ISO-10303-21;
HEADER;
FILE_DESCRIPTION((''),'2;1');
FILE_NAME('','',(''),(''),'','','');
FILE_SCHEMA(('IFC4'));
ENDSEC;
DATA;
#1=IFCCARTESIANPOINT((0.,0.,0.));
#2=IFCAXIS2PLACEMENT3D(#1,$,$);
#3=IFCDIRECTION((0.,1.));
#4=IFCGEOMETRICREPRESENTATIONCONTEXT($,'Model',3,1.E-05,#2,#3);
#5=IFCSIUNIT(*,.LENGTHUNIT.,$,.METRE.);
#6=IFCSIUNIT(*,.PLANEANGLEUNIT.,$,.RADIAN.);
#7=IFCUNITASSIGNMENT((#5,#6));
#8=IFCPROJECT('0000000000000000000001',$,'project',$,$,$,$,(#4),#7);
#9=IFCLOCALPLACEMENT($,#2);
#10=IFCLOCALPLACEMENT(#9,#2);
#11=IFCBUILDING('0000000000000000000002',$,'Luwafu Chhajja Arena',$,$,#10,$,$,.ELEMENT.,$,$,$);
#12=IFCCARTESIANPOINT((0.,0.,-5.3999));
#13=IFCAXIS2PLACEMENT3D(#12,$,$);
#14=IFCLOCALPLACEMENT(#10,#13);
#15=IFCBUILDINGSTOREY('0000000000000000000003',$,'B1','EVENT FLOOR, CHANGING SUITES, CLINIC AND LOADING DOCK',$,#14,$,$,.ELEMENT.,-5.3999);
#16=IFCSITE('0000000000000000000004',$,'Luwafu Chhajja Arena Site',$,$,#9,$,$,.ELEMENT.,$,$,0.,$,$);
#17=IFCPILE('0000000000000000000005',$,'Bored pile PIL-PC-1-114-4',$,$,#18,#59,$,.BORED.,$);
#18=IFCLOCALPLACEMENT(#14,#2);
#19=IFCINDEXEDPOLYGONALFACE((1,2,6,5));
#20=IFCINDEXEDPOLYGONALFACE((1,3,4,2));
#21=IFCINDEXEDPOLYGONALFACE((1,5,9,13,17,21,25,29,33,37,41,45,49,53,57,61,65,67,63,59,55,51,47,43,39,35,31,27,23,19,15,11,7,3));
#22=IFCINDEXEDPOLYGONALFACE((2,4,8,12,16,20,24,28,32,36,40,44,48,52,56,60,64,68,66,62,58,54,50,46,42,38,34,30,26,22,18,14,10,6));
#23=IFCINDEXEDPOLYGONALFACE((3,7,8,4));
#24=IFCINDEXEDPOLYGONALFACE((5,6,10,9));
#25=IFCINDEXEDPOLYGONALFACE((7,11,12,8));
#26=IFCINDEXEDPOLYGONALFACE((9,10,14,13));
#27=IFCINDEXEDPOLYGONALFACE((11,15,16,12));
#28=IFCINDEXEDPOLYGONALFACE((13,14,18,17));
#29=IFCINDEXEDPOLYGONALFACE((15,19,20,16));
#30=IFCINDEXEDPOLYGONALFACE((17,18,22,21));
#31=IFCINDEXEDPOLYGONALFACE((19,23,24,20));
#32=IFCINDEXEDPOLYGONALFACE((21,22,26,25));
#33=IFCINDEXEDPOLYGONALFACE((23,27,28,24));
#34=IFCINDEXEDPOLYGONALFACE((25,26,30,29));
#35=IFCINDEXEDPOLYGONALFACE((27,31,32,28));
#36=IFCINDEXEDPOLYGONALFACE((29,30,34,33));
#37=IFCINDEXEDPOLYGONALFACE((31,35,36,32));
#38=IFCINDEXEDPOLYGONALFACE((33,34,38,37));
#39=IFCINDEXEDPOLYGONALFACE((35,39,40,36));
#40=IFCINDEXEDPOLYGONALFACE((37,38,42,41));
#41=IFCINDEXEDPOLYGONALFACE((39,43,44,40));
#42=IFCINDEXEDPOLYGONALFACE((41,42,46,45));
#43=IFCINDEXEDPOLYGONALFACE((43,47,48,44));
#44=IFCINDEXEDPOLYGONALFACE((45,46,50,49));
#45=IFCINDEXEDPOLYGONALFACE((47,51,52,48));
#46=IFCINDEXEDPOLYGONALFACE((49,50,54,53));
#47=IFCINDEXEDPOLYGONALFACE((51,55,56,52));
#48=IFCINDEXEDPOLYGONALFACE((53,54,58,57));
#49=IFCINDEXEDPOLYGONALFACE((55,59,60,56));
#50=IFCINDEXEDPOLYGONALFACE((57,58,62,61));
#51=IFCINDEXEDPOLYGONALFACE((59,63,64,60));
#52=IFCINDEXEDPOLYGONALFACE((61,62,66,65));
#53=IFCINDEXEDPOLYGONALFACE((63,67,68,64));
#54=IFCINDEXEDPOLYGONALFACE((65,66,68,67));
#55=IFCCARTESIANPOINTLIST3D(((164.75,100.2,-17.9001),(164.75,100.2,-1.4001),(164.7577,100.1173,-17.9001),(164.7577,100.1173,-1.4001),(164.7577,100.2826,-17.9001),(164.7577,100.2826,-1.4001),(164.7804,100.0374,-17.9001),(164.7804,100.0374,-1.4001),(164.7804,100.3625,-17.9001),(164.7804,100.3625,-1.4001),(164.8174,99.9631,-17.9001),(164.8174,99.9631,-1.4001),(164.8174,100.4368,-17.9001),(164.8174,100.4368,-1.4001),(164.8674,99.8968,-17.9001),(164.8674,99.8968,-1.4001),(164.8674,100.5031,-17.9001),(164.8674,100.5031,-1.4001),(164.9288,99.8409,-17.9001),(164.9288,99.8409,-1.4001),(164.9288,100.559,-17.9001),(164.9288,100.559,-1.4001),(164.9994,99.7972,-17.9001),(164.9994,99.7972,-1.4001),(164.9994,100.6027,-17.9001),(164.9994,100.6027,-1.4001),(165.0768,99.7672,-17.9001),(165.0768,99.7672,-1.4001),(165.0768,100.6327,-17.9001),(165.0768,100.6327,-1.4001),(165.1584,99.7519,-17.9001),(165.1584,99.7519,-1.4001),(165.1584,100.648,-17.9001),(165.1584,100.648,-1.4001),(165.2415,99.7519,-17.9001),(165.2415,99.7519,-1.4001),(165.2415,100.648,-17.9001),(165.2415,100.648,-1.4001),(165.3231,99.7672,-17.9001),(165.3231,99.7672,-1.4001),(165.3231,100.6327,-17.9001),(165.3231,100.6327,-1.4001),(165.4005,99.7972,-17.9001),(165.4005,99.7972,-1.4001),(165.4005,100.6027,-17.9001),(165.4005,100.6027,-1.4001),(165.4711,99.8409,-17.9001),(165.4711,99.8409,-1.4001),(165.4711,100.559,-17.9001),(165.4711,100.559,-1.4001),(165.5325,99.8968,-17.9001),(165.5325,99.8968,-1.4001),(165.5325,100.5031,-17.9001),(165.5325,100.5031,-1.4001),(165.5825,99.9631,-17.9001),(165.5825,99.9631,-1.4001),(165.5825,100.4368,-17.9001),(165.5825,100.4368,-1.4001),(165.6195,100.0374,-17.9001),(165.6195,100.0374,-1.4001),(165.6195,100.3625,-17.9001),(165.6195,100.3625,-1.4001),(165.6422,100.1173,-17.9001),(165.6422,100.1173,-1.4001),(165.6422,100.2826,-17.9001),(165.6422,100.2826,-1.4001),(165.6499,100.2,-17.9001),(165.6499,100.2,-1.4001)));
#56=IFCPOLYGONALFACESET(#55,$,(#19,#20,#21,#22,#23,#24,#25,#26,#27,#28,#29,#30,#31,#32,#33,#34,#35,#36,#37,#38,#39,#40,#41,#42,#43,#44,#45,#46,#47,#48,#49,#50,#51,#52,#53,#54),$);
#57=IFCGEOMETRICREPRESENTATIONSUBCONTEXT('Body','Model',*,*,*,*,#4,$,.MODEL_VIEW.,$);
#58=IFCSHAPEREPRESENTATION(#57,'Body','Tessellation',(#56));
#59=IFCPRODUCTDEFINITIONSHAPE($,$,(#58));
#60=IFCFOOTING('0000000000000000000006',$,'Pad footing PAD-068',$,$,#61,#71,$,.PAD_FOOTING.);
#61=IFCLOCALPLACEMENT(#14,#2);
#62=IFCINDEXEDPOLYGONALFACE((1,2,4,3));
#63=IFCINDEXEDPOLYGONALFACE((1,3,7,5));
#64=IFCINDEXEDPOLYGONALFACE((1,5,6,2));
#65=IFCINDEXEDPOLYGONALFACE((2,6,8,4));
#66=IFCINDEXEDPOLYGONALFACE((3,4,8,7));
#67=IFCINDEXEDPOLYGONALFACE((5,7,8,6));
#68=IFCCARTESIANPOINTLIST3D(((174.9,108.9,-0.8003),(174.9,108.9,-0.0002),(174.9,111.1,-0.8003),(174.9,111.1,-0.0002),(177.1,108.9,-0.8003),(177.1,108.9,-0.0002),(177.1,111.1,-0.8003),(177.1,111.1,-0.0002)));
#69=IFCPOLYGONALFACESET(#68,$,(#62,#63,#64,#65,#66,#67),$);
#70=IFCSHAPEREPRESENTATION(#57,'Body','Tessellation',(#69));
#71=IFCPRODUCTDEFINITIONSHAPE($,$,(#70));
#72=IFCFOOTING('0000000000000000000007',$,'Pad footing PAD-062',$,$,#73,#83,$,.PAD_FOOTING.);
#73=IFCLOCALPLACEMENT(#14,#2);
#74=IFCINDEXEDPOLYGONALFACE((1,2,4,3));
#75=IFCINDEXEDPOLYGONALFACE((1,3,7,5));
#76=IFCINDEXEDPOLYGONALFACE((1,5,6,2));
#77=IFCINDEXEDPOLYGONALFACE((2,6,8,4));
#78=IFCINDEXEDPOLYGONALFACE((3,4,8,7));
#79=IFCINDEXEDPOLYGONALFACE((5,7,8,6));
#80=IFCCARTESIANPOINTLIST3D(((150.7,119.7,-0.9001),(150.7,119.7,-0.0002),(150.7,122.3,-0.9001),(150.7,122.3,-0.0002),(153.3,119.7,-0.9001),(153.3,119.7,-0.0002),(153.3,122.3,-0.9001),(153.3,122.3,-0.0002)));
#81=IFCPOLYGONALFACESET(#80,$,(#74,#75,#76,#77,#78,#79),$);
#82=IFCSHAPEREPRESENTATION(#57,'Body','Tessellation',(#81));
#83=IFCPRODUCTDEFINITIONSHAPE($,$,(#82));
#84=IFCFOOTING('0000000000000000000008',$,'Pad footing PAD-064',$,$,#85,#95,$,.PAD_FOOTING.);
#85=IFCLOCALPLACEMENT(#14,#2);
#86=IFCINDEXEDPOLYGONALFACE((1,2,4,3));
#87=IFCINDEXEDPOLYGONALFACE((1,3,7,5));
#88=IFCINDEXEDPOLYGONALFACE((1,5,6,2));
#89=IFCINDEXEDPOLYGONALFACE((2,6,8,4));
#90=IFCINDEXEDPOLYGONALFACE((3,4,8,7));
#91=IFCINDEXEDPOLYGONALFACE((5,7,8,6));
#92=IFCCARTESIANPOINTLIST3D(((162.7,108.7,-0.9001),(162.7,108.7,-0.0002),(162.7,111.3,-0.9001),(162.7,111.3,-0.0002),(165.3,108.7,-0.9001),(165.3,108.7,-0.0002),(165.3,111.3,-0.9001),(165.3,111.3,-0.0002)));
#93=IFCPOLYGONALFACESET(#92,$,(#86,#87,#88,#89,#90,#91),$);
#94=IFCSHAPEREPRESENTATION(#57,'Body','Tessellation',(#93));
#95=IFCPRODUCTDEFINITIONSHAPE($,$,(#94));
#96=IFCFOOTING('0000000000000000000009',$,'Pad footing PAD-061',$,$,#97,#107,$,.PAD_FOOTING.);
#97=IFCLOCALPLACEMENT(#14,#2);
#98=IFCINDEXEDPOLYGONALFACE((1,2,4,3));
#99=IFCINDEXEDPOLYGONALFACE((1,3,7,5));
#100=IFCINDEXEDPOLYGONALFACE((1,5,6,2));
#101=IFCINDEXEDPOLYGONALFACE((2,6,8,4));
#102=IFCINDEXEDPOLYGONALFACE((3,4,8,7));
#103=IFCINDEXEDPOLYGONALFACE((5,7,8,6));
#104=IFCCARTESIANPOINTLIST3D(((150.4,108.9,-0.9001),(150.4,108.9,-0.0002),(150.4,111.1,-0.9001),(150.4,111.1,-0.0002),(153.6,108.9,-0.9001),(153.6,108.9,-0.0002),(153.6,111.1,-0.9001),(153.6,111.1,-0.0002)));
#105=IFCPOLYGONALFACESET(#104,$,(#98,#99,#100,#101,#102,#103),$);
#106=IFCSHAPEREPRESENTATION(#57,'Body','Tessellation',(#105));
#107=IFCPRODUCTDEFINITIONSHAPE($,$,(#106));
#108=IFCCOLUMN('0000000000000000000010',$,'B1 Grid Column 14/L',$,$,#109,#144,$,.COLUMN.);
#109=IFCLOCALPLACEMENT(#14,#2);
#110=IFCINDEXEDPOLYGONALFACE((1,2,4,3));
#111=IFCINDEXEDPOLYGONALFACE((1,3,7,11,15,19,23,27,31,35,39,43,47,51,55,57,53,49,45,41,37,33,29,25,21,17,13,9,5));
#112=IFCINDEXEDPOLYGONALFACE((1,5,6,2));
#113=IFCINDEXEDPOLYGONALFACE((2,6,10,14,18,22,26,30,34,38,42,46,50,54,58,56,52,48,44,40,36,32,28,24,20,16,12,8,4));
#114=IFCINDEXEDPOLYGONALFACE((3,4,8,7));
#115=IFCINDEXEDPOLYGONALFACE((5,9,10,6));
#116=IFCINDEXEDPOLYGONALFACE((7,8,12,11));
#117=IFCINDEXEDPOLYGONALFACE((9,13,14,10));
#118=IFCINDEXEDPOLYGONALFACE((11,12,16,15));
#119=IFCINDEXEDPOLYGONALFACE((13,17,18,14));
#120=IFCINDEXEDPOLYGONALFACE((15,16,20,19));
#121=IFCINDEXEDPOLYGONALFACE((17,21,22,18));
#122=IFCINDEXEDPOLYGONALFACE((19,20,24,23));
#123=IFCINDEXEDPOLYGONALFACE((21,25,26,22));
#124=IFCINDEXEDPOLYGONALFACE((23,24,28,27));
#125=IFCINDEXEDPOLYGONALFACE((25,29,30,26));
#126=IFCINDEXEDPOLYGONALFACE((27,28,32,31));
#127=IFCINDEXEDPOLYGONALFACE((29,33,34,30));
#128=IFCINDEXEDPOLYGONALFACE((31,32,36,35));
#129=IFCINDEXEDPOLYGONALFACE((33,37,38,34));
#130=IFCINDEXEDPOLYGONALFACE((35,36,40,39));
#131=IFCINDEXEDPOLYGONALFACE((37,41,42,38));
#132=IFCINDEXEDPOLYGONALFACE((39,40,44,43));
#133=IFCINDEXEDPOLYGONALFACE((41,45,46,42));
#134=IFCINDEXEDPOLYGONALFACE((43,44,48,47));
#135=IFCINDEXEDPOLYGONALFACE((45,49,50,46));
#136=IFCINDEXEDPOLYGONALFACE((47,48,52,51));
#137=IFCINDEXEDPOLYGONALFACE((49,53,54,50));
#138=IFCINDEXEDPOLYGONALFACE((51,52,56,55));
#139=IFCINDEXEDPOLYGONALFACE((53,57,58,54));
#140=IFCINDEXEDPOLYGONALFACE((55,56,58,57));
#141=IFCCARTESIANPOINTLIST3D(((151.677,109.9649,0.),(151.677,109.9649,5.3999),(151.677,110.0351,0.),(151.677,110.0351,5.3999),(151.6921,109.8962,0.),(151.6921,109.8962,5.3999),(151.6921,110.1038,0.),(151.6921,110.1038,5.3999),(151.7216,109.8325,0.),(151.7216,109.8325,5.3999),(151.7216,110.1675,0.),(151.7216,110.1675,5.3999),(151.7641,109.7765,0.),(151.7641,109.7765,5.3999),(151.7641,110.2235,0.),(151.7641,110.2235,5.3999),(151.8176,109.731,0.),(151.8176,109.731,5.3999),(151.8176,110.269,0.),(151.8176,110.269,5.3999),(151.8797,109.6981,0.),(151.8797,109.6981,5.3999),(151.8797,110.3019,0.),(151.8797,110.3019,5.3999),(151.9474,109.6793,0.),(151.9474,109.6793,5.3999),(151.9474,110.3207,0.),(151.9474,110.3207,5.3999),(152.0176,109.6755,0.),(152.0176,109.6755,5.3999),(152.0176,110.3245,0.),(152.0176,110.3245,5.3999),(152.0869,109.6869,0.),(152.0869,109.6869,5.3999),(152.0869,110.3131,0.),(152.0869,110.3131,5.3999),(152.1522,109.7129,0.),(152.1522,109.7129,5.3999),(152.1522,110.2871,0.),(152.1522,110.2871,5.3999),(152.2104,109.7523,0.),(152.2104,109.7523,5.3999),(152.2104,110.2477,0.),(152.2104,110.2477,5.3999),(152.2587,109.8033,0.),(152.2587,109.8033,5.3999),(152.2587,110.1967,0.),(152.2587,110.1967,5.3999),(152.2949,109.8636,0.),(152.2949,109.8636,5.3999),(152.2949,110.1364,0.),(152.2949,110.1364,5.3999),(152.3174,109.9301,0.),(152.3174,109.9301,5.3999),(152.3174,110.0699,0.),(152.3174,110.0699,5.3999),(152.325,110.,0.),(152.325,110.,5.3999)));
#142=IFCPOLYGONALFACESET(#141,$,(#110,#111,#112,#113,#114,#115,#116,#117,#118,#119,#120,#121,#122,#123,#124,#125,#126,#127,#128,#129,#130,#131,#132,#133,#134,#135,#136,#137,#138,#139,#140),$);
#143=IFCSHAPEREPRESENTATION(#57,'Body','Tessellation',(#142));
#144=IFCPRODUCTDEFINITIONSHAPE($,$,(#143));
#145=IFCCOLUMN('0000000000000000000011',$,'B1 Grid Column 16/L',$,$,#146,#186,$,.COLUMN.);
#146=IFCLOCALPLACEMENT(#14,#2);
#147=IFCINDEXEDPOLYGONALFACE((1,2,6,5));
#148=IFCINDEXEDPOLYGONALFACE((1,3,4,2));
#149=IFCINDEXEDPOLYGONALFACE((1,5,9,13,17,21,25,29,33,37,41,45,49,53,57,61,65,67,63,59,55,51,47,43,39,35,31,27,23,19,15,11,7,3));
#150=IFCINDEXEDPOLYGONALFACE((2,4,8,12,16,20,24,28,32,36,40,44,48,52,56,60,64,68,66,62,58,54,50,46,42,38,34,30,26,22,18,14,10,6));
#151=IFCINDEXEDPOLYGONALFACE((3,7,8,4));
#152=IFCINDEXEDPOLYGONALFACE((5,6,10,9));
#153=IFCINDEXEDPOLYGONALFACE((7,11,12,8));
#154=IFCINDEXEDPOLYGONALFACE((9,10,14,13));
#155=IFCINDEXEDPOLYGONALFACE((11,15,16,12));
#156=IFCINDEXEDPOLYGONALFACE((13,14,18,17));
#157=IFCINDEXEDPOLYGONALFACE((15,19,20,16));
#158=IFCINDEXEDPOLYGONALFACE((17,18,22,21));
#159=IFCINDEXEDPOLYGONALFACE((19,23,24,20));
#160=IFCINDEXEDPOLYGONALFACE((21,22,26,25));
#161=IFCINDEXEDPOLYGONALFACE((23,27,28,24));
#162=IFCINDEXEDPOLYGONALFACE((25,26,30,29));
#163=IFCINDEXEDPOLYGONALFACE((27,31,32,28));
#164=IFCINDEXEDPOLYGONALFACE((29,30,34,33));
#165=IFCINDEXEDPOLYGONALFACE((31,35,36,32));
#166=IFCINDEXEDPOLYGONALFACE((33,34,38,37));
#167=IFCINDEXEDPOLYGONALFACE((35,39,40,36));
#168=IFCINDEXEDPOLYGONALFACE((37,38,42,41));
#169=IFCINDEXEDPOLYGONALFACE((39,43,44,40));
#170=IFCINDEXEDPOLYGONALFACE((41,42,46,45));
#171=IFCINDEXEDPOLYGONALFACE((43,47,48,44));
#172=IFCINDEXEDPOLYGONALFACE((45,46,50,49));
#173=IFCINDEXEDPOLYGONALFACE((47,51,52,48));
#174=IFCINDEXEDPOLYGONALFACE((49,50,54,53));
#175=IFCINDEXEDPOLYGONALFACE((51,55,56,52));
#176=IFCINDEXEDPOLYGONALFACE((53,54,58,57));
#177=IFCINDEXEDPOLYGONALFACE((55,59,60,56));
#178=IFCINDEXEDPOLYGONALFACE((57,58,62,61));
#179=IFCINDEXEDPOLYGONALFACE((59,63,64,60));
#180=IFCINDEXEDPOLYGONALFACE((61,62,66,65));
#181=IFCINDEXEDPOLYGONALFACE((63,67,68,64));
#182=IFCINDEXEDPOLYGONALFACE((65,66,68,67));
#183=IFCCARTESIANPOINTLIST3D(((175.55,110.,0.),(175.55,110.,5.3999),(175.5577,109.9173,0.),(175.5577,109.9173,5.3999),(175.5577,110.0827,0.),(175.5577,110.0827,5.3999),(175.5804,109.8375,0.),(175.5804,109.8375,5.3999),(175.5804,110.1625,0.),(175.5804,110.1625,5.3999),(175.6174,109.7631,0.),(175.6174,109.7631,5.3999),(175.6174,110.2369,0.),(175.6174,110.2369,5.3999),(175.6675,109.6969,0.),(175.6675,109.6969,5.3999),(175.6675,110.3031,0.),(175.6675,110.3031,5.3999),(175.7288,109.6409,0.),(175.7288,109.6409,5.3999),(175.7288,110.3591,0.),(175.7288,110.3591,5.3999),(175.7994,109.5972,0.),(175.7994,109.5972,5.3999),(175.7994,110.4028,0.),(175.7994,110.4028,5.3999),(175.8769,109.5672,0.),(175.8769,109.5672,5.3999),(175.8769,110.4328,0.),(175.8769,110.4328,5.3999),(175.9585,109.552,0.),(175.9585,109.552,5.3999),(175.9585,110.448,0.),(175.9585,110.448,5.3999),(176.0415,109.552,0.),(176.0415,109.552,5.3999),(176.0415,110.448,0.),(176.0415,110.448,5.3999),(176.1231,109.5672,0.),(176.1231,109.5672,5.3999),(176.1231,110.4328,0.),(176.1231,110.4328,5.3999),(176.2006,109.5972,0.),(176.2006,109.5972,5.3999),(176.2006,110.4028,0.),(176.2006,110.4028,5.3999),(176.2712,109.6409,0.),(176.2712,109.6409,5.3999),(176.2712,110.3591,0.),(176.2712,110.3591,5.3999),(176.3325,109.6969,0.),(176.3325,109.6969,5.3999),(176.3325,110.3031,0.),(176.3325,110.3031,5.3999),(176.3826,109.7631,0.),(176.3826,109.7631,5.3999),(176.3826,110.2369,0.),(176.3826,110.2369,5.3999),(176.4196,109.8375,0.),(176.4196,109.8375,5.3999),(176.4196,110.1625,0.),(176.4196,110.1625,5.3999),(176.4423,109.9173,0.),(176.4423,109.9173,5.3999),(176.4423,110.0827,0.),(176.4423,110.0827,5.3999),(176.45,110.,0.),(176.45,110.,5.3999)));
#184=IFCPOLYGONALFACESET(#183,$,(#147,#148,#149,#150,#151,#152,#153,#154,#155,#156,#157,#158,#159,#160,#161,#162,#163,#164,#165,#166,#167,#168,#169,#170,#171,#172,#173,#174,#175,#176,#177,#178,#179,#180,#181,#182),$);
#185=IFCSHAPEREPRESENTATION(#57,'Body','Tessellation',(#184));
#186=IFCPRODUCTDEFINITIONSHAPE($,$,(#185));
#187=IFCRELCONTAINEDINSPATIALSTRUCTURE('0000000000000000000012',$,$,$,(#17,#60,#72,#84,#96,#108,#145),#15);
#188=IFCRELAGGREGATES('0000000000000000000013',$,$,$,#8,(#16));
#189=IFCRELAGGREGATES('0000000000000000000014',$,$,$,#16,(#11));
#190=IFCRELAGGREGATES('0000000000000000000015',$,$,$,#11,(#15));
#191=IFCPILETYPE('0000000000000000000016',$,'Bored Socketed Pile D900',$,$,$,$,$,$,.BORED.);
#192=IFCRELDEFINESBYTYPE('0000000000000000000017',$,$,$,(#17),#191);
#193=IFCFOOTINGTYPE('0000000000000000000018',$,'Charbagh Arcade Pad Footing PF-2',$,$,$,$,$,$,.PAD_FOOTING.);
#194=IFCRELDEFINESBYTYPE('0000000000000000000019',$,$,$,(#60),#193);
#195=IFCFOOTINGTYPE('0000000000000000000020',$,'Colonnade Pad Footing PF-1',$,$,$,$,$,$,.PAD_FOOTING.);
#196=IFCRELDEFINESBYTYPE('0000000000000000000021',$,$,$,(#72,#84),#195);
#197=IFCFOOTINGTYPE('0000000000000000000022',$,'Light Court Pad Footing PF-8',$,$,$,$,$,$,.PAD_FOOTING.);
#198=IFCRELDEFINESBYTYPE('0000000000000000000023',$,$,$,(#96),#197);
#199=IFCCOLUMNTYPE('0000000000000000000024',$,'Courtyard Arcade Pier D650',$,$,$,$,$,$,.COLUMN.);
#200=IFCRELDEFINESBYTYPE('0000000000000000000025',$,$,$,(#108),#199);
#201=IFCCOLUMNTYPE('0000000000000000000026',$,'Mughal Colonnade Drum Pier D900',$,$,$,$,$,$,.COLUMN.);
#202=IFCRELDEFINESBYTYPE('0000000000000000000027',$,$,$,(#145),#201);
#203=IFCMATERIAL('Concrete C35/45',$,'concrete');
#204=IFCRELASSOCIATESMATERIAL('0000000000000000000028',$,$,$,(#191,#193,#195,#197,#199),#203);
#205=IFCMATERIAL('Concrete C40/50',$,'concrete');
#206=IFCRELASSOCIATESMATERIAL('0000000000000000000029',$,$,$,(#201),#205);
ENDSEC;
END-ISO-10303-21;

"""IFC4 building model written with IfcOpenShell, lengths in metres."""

from ifc_helpers import new_model, si_unit, direction, frame, origin, origin_2d, place, context, subcontext, project, spatial, rectangle, circle, extrude, material, material_profile, profile_set, type_object, element, save


model = new_model("IFC4")

# Units and contexts
model_context = context("Model", 3, precision=1e-05, world=origin(), true_north=direction((0.0, 1.0)))
body_context = subcontext(model_context, "Body", "Model", "MODEL_VIEW")
ifc_project = project(units=[si_unit("LENGTHUNIT", "METRE"), si_unit("PLANEANGLEUNIT", "RADIAN")], contexts=[model_context])

# Site, building, storey
site_placement = place(None, origin())
site = spatial("IfcSite", under=ifc_project, at=site_placement, Name="Luwafu Chhajja Arena Site", CompositionType="ELEMENT", RefElevation=0.0)
building_placement = place(site_placement, origin())
building = spatial("IfcBuilding", under=site, at=building_placement, Name="Luwafu Chhajja Arena", CompositionType="ELEMENT")
storey_placement = place(building_placement, frame((0.0, 0.0, -5.3999)))
storey = spatial("IfcBuildingStorey", under=building, at=storey_placement, Name="B1", Description="EVENT FLOOR, CHANGING SUITES, CLINIC AND LOADING DOCK", CompositionType="ELEMENT", Elevation=-5.3999)

# Shared definitions
ifc_material_1 = material(Name="Concrete C35/45", Category="concrete")

# Pile
ifc_material_profile_1 = material_profile(ifc_material_1, circle(Radius=0.45, at=origin_2d()), Name="PILE D900")
ifc_profile_set_1 = profile_set([ifc_material_profile_1], Name="Concrete C35/45")
pile_type_1 = type_object("IfcPileType", Name="Bored Socketed Pile D900", PredefinedType="BORED", material=ifc_profile_set_1)
for number, where, z_axis, x_axis, name in (
    (1, (165.2, 100.2, -1.4001), (0.0, 0.0, -1.0), (1.0, 0.0, 0.0), "Bored pile PIL-PC-1-114-4"),
):
    element("IfcPile", number, at=place(storey_placement, frame(where, z_axis=z_axis, x_axis=x_axis)), inside=storey, type_object=pile_type_1, Name=name, PredefinedType="BORED", context=body_context, shape_type="SweptSolid", body=[
        extrude(circle(Radius=0.45, at=origin_2d()), origin(), (0.0, 0.0, 1.0), 16.5),
    ])

# Footings
footing_type_1 = type_object("IfcFootingType", Name="Charbagh Arcade Pad Footing PF-2", PredefinedType="PAD_FOOTING", material=ifc_material_1)
footing_1_placement = place(storey_placement, frame((176.0, 110.0, -0.8003), z_axis=(0.0, 0.0, 1.0), x_axis=(1.0, 0.0, 0.0)))
element("IfcFooting", 2, at=footing_1_placement, inside=storey, type_object=footing_type_1, Name="Pad footing PAD-068", PredefinedType="PAD_FOOTING", context=body_context, shape_type="SweptSolid", body=[
    extrude(rectangle(XDim=2.2, YDim=2.2, at=origin_2d()), origin(), (0.0, 0.0, 1.0), 0.8),
])
footing_type_2 = type_object("IfcFootingType", Name="Colonnade Pad Footing PF-1", PredefinedType="PAD_FOOTING", material=ifc_material_1)
for number, where, z_axis, x_axis, name in (
    (3, (152.0, 121.0, -0.9001), (0.0, 0.0, 1.0), (1.0, 0.0, 0.0), "Pad footing PAD-062"),
    (4, (164.0, 110.0, -0.9001), (0.0, 0.0, 1.0), (1.0, 0.0, 0.0), "Pad footing PAD-064"),
):
    element("IfcFooting", number, at=place(storey_placement, frame(where, z_axis=z_axis, x_axis=x_axis)), inside=storey, type_object=footing_type_2, Name=name, PredefinedType="PAD_FOOTING", context=body_context, shape_type="SweptSolid", body=[
        extrude(rectangle(XDim=2.6001, YDim=2.6001, at=origin_2d()), origin(), (0.0, 0.0, 1.0), 0.8999),
    ])
footing_type_3 = type_object("IfcFootingType", Name="Light Court Pad Footing PF-8", PredefinedType="PAD_FOOTING", material=ifc_material_1)
footing_2_placement = place(storey_placement, frame((152.0, 110.0, -0.9001), z_axis=(0.0, 0.0, 1.0), x_axis=(1.0, 0.0, 0.0)))
element("IfcFooting", 5, at=footing_2_placement, inside=storey, type_object=footing_type_3, Name="Pad footing PAD-061", PredefinedType="PAD_FOOTING", context=body_context, shape_type="SweptSolid", body=[
    extrude(rectangle(XDim=3.2, YDim=2.2, at=origin_2d()), origin(), (0.0, 0.0, 1.0), 0.8999),
])

# Columns
ifc_material_profile_2 = material_profile(ifc_material_1, circle(Radius=0.325, at=origin_2d()), Name="RC COL D650")
ifc_profile_set_2 = profile_set([ifc_material_profile_2], Name="Concrete C35/45")
column_type_1 = type_object("IfcColumnType", Name="Courtyard Arcade Pier D650", PredefinedType="COLUMN", material=ifc_profile_set_2)
column_1_placement = place(storey_placement, frame((152.0, 110.0, 0.0), z_axis=(0.0, 0.0, 1.0), x_axis=(1.0, 0.0, 0.0)))
element("IfcColumn", 6, at=column_1_placement, inside=storey, type_object=column_type_1, Name="B1 Grid Column 14/L", PredefinedType="COLUMN", context=body_context, shape_type="SweptSolid", body=[
    extrude(circle(Radius=0.325, at=origin_2d()), origin(), (0.0, 0.0, 1.0), 5.3999),
])
ifc_material_2 = material(Name="Concrete C40/50", Category="concrete")
ifc_material_profile_3 = material_profile(ifc_material_2, circle(Radius=0.45, at=origin_2d()), Name="RC COL D900")
ifc_profile_set_3 = profile_set([ifc_material_profile_3], Name="Concrete C40/50")
column_type_2 = type_object("IfcColumnType", Name="Mughal Colonnade Drum Pier D900", PredefinedType="COLUMN", material=ifc_profile_set_3)
column_2_placement = place(storey_placement, frame((176.0, 110.0, 0.0), z_axis=(0.0, 0.0, 1.0), x_axis=(1.0, 0.0, 0.0)))
element("IfcColumn", 7, at=column_2_placement, inside=storey, type_object=column_type_2, Name="B1 Grid Column 16/L", PredefinedType="COLUMN", context=body_context, shape_type="SweptSolid", body=[
    extrude(circle(Radius=0.45, at=origin_2d()), origin(), (0.0, 0.0, 1.0), 5.3999),
])

save(model, "model.ifc")
